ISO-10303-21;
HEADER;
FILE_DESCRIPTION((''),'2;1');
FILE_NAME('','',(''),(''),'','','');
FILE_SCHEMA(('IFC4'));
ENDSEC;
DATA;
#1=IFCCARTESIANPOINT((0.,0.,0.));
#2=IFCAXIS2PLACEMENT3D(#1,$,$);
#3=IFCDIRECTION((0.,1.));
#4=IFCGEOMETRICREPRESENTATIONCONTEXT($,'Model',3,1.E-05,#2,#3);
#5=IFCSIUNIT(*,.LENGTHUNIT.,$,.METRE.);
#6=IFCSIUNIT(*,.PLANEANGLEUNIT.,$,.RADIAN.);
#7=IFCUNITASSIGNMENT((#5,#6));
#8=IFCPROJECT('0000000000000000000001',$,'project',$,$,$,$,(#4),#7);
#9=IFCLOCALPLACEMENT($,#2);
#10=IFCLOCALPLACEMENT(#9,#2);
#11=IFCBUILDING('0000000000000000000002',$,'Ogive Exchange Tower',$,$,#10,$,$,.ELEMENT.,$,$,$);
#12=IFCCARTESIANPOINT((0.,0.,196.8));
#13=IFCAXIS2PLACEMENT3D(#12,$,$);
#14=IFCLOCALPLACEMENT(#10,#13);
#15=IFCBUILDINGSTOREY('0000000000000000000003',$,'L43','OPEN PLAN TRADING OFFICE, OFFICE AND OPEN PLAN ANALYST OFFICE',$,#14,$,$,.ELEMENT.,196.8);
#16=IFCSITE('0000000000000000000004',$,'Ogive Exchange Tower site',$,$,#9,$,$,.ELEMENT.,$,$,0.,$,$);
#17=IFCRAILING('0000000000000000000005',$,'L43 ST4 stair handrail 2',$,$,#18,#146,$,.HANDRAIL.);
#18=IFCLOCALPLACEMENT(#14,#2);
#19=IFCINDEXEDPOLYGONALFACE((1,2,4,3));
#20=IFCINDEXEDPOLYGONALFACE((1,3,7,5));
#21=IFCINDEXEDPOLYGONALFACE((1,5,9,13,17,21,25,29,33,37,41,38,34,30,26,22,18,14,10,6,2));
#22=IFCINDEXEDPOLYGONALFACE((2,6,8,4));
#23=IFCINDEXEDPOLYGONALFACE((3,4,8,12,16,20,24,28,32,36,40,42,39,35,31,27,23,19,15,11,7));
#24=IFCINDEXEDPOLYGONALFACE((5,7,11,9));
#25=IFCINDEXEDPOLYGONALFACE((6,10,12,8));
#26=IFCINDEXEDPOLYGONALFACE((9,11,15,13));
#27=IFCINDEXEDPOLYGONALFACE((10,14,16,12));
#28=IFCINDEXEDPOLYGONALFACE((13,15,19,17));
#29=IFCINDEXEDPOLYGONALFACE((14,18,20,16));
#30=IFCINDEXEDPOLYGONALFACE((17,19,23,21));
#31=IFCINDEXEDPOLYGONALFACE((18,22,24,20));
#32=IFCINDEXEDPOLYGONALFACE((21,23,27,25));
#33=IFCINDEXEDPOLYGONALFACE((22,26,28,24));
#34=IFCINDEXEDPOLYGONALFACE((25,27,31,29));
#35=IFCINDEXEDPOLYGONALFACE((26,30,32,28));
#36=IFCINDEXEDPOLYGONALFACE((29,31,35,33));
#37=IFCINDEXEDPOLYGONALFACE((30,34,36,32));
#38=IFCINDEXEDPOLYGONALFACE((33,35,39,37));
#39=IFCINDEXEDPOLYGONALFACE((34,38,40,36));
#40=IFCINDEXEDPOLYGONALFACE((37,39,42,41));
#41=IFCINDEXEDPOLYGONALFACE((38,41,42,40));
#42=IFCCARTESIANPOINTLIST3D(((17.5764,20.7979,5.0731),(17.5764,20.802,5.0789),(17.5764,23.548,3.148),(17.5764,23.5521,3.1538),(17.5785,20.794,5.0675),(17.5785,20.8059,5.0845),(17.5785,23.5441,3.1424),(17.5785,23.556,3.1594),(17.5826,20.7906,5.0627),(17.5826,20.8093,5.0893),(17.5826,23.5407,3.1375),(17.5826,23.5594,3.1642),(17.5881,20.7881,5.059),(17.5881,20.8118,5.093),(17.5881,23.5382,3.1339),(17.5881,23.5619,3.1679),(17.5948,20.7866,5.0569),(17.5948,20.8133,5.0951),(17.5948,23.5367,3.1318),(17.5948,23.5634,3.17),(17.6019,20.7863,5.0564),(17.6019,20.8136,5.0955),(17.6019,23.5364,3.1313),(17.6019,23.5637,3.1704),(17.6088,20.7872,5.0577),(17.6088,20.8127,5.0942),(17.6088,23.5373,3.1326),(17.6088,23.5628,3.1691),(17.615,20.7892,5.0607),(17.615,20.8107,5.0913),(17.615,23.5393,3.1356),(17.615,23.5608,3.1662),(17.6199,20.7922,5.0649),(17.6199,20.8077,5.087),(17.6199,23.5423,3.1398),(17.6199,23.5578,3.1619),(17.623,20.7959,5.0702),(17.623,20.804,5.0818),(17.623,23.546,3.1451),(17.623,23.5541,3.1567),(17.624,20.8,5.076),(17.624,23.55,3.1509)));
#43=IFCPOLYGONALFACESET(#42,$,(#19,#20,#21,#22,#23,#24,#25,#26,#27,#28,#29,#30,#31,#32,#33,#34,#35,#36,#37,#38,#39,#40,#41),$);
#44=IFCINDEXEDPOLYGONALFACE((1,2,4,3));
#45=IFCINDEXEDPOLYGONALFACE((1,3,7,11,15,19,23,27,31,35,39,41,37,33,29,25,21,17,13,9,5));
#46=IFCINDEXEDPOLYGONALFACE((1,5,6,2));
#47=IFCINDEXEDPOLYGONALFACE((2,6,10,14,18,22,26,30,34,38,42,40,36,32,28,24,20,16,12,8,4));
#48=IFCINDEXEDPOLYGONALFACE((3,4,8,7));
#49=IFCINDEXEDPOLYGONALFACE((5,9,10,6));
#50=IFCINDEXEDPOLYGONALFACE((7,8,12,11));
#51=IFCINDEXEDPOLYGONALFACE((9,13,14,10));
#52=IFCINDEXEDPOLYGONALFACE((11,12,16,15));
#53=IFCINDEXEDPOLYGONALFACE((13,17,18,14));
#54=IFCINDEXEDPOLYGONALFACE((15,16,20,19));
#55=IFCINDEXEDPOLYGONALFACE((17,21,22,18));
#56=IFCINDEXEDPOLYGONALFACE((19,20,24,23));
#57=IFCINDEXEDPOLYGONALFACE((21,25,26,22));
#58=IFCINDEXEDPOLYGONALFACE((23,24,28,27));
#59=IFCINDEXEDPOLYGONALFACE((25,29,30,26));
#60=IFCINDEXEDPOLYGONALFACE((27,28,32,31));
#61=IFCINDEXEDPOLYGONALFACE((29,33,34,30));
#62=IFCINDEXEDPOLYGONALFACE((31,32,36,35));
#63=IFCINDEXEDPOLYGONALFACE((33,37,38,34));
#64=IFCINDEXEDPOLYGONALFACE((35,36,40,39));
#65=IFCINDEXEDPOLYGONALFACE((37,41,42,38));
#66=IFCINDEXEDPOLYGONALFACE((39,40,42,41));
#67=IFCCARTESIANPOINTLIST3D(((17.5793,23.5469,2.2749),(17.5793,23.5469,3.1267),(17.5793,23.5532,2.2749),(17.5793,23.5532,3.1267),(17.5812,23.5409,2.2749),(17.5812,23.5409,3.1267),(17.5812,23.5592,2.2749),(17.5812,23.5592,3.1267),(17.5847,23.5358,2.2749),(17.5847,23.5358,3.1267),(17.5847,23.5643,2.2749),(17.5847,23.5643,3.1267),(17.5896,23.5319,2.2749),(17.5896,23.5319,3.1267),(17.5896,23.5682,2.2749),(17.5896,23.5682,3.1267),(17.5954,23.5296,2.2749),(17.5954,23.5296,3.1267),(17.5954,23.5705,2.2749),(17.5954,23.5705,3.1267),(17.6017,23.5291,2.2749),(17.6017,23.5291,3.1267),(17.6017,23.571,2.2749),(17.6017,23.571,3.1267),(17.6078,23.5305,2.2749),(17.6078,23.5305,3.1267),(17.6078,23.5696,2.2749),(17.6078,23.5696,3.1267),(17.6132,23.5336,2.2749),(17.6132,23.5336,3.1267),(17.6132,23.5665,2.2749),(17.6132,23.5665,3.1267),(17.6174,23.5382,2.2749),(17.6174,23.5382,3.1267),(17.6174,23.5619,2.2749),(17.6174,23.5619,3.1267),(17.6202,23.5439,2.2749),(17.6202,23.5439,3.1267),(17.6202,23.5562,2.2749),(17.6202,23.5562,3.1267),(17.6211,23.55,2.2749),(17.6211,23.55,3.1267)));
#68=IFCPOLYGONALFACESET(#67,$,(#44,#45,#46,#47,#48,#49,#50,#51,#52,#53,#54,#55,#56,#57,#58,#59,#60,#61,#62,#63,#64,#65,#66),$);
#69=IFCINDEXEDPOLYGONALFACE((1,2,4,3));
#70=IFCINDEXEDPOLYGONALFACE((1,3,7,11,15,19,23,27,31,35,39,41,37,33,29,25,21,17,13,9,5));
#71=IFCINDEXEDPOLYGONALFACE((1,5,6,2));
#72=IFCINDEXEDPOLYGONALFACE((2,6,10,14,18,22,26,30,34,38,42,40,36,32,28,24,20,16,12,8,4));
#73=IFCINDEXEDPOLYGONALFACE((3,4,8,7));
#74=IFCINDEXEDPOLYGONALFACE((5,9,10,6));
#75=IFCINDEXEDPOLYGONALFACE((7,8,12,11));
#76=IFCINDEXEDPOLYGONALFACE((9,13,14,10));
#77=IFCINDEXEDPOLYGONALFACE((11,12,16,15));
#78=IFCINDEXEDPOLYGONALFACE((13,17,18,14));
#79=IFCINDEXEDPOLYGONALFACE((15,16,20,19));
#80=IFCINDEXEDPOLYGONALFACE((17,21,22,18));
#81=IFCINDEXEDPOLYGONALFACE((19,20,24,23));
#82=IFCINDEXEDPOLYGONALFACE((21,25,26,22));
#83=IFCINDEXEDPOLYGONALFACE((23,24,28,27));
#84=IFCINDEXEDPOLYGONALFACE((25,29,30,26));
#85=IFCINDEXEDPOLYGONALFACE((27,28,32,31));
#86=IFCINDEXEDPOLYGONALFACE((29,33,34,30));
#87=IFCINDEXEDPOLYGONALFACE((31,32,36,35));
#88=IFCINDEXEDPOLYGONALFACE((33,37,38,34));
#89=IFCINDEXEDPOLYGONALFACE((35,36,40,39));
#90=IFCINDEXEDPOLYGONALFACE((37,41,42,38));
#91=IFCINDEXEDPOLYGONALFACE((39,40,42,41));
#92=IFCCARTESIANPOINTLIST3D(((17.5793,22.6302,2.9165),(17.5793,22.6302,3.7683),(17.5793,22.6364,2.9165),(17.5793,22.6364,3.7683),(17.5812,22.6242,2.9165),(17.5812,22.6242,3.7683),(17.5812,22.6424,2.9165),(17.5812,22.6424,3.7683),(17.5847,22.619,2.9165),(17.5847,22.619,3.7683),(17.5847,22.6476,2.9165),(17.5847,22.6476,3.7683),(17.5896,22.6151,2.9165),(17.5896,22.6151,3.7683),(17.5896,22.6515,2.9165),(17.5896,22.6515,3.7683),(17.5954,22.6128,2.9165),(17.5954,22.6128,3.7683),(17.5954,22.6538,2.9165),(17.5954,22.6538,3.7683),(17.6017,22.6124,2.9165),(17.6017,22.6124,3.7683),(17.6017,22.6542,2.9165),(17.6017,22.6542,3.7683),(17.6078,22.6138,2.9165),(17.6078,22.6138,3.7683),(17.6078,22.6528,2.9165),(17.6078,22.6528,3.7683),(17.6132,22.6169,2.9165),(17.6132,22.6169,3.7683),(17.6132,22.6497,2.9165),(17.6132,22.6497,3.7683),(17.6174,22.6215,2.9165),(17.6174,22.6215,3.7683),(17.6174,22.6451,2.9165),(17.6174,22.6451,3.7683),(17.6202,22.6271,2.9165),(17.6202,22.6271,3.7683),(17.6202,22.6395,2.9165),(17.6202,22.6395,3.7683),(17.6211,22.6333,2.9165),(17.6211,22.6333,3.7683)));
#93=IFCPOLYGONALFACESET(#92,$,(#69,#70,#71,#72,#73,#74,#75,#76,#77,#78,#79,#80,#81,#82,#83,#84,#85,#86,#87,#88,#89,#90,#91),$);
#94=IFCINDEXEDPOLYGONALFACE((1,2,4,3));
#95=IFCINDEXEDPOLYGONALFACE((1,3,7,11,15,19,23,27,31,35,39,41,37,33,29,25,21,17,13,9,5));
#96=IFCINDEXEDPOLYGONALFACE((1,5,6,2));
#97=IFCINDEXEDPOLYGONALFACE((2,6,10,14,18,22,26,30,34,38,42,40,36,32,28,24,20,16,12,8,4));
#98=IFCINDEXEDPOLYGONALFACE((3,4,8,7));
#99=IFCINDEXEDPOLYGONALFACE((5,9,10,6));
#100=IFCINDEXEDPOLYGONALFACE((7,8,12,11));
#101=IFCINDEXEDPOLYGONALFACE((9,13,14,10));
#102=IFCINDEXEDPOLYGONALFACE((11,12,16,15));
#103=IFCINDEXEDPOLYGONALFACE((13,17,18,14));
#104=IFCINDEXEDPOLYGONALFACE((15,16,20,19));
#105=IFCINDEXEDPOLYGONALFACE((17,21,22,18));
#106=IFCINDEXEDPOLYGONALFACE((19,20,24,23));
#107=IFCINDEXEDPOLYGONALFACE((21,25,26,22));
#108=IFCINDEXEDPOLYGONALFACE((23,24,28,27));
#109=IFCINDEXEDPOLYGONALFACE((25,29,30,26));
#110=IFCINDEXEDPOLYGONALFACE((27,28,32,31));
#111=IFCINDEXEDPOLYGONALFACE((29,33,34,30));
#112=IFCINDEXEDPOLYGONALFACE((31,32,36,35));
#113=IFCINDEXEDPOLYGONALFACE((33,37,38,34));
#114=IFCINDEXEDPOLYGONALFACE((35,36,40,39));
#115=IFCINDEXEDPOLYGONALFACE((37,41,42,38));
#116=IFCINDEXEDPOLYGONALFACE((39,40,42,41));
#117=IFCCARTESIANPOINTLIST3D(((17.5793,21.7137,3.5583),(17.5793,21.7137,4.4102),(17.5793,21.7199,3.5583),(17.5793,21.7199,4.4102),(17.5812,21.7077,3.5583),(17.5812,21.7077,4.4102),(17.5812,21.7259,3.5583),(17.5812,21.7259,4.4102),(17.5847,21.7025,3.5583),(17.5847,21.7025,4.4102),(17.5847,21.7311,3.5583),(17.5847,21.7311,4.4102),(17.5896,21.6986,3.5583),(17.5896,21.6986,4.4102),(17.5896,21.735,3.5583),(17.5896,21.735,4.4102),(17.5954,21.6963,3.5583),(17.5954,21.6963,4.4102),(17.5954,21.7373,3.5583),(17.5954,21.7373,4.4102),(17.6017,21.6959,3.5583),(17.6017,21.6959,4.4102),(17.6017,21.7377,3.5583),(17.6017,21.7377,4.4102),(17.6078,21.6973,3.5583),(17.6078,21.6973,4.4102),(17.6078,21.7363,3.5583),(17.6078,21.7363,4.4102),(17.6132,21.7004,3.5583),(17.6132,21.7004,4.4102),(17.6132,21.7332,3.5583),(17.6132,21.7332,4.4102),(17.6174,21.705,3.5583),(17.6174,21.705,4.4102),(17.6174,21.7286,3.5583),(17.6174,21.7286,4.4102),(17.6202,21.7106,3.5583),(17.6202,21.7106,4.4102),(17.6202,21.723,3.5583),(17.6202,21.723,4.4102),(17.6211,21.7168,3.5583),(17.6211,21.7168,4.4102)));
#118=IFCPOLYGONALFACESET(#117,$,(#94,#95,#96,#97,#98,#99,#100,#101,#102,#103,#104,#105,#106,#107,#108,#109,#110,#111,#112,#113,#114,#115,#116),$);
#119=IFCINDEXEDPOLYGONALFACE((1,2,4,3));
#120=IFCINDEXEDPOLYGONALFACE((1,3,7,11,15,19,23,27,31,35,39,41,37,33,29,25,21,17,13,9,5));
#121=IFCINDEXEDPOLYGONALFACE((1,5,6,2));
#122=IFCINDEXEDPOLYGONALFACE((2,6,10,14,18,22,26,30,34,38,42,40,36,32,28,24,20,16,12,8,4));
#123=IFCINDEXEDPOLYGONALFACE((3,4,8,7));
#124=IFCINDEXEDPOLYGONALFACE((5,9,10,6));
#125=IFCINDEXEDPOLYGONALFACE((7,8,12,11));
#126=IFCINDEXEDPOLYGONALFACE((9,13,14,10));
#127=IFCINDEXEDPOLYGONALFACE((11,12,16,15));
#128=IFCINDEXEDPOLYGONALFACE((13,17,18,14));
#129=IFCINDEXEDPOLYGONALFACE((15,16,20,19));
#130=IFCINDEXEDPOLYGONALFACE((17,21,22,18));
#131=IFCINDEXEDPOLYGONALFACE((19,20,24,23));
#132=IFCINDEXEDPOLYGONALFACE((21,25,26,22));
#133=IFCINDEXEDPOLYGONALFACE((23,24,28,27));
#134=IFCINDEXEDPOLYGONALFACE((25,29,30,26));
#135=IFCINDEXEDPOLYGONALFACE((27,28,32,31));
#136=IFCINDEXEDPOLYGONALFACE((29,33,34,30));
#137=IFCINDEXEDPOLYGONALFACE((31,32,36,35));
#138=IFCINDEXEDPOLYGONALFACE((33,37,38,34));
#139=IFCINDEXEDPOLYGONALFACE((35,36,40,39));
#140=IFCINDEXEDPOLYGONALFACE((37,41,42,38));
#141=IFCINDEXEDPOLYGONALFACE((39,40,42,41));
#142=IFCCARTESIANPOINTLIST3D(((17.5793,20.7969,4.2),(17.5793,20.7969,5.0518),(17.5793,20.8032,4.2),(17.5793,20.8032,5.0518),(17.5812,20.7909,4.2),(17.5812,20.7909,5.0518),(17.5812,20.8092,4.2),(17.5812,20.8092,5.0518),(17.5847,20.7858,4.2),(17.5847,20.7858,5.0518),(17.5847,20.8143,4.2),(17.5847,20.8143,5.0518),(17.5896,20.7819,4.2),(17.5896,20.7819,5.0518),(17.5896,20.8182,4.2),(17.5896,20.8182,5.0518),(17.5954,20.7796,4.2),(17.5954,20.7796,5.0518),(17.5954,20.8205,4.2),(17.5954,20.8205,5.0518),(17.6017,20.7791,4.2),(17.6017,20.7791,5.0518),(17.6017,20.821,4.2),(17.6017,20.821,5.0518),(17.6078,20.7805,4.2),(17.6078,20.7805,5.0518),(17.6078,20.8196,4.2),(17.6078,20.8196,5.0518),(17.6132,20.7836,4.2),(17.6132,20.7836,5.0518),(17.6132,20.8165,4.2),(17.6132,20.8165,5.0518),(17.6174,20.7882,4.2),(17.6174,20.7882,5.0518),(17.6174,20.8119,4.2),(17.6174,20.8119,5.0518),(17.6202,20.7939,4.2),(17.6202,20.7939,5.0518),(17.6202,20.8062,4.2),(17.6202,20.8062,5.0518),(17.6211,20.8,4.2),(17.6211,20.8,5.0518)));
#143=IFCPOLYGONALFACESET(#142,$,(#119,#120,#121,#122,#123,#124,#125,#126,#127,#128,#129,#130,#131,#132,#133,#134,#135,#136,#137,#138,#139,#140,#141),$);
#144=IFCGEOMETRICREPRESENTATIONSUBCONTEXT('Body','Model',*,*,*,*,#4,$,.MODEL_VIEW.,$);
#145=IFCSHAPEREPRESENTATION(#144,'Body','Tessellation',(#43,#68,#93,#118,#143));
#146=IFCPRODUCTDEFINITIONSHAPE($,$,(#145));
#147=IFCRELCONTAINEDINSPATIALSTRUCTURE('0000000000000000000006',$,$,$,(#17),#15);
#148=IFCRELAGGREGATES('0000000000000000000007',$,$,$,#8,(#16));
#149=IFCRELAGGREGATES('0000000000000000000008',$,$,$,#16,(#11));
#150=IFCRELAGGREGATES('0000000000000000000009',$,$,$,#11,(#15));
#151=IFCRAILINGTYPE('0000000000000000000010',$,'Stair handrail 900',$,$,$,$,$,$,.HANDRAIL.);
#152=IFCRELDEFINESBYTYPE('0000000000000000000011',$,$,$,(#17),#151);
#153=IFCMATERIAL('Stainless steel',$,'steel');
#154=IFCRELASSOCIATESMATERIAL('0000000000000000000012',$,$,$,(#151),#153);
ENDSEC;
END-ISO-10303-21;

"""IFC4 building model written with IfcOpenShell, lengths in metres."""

from ifc_helpers import new_model, si_unit, direction, frame, origin, origin_2d, place, context, subcontext, project, spatial, circle, extrude, material, type_object, element, save


model = new_model("IFC4")

# Units and contexts
model_context = context("Model", 3, precision=1e-05, world=origin(), true_north=direction((0.0, 1.0)))
body_context = subcontext(model_context, "Body", "Model", "MODEL_VIEW")
ifc_project = project(units=[si_unit("LENGTHUNIT", "METRE"), si_unit("PLANEANGLEUNIT", "RADIAN")], contexts=[model_context])

# Site, building, storey
site_placement = place(None, origin())
site = spatial("IfcSite", under=ifc_project, at=site_placement, Name="Ogive Exchange Tower site", CompositionType="ELEMENT", RefElevation=0.0)
building_placement = place(site_placement, origin())
building = spatial("IfcBuilding", under=site, at=building_placement, Name="Ogive Exchange Tower", CompositionType="ELEMENT")
storey_placement = place(building_placement, frame((0.0, 0.0, 196.8)))
storey = spatial("IfcBuildingStorey", under=building, at=storey_placement, Name="L43", Description="OPEN PLAN TRADING OFFICE, OFFICE AND OPEN PLAN ANALYST OFFICE", CompositionType="ELEMENT", Elevation=196.8)

# Railing
ifc_material_1 = material(Name="Stainless steel", Category="steel")
railing_type = type_object("IfcRailingType", Name="Stair handrail 900", PredefinedType="HANDRAIL", material=ifc_material_1)
railing_1_placement = place(storey_placement, frame((17.6001, 23.55, 2.2749)))
element("IfcRailing", 1, at=railing_1_placement, inside=storey, type_object=railing_type, Name="L43 ST4 stair handrail 2", PredefinedType="HANDRAIL", context=body_context, shape_type="SweptSolid", body=[
    extrude(circle(Radius=0.0239, at=origin_2d()), frame((0.0, 0.0, 0.876), z_axis=(0.0, -0.819225, 0.573472), x_axis=(1.0, 0.0, 0.0)), (0.0, 0.0, 1.0), 3.3569),
    extrude(circle(Radius=0.021, at=origin_2d()), origin(), (0.0, 0.0, 1.0), 0.8518),
    extrude(circle(Radius=0.021, at=origin_2d()), frame((0.0, -0.9167, 0.6416)), (0.0, 0.0, 1.0), 0.8518),
    extrude(circle(Radius=0.021, at=origin_2d()), frame((0.0, -1.8333, 1.2834)), (0.0, 0.0, 1.0), 0.8518),
    extrude(circle(Radius=0.021, at=origin_2d()), frame((0.0, -2.75, 1.925)), (0.0, 0.0, 1.0), 0.8518),
])

save(model, "model.ifc")
